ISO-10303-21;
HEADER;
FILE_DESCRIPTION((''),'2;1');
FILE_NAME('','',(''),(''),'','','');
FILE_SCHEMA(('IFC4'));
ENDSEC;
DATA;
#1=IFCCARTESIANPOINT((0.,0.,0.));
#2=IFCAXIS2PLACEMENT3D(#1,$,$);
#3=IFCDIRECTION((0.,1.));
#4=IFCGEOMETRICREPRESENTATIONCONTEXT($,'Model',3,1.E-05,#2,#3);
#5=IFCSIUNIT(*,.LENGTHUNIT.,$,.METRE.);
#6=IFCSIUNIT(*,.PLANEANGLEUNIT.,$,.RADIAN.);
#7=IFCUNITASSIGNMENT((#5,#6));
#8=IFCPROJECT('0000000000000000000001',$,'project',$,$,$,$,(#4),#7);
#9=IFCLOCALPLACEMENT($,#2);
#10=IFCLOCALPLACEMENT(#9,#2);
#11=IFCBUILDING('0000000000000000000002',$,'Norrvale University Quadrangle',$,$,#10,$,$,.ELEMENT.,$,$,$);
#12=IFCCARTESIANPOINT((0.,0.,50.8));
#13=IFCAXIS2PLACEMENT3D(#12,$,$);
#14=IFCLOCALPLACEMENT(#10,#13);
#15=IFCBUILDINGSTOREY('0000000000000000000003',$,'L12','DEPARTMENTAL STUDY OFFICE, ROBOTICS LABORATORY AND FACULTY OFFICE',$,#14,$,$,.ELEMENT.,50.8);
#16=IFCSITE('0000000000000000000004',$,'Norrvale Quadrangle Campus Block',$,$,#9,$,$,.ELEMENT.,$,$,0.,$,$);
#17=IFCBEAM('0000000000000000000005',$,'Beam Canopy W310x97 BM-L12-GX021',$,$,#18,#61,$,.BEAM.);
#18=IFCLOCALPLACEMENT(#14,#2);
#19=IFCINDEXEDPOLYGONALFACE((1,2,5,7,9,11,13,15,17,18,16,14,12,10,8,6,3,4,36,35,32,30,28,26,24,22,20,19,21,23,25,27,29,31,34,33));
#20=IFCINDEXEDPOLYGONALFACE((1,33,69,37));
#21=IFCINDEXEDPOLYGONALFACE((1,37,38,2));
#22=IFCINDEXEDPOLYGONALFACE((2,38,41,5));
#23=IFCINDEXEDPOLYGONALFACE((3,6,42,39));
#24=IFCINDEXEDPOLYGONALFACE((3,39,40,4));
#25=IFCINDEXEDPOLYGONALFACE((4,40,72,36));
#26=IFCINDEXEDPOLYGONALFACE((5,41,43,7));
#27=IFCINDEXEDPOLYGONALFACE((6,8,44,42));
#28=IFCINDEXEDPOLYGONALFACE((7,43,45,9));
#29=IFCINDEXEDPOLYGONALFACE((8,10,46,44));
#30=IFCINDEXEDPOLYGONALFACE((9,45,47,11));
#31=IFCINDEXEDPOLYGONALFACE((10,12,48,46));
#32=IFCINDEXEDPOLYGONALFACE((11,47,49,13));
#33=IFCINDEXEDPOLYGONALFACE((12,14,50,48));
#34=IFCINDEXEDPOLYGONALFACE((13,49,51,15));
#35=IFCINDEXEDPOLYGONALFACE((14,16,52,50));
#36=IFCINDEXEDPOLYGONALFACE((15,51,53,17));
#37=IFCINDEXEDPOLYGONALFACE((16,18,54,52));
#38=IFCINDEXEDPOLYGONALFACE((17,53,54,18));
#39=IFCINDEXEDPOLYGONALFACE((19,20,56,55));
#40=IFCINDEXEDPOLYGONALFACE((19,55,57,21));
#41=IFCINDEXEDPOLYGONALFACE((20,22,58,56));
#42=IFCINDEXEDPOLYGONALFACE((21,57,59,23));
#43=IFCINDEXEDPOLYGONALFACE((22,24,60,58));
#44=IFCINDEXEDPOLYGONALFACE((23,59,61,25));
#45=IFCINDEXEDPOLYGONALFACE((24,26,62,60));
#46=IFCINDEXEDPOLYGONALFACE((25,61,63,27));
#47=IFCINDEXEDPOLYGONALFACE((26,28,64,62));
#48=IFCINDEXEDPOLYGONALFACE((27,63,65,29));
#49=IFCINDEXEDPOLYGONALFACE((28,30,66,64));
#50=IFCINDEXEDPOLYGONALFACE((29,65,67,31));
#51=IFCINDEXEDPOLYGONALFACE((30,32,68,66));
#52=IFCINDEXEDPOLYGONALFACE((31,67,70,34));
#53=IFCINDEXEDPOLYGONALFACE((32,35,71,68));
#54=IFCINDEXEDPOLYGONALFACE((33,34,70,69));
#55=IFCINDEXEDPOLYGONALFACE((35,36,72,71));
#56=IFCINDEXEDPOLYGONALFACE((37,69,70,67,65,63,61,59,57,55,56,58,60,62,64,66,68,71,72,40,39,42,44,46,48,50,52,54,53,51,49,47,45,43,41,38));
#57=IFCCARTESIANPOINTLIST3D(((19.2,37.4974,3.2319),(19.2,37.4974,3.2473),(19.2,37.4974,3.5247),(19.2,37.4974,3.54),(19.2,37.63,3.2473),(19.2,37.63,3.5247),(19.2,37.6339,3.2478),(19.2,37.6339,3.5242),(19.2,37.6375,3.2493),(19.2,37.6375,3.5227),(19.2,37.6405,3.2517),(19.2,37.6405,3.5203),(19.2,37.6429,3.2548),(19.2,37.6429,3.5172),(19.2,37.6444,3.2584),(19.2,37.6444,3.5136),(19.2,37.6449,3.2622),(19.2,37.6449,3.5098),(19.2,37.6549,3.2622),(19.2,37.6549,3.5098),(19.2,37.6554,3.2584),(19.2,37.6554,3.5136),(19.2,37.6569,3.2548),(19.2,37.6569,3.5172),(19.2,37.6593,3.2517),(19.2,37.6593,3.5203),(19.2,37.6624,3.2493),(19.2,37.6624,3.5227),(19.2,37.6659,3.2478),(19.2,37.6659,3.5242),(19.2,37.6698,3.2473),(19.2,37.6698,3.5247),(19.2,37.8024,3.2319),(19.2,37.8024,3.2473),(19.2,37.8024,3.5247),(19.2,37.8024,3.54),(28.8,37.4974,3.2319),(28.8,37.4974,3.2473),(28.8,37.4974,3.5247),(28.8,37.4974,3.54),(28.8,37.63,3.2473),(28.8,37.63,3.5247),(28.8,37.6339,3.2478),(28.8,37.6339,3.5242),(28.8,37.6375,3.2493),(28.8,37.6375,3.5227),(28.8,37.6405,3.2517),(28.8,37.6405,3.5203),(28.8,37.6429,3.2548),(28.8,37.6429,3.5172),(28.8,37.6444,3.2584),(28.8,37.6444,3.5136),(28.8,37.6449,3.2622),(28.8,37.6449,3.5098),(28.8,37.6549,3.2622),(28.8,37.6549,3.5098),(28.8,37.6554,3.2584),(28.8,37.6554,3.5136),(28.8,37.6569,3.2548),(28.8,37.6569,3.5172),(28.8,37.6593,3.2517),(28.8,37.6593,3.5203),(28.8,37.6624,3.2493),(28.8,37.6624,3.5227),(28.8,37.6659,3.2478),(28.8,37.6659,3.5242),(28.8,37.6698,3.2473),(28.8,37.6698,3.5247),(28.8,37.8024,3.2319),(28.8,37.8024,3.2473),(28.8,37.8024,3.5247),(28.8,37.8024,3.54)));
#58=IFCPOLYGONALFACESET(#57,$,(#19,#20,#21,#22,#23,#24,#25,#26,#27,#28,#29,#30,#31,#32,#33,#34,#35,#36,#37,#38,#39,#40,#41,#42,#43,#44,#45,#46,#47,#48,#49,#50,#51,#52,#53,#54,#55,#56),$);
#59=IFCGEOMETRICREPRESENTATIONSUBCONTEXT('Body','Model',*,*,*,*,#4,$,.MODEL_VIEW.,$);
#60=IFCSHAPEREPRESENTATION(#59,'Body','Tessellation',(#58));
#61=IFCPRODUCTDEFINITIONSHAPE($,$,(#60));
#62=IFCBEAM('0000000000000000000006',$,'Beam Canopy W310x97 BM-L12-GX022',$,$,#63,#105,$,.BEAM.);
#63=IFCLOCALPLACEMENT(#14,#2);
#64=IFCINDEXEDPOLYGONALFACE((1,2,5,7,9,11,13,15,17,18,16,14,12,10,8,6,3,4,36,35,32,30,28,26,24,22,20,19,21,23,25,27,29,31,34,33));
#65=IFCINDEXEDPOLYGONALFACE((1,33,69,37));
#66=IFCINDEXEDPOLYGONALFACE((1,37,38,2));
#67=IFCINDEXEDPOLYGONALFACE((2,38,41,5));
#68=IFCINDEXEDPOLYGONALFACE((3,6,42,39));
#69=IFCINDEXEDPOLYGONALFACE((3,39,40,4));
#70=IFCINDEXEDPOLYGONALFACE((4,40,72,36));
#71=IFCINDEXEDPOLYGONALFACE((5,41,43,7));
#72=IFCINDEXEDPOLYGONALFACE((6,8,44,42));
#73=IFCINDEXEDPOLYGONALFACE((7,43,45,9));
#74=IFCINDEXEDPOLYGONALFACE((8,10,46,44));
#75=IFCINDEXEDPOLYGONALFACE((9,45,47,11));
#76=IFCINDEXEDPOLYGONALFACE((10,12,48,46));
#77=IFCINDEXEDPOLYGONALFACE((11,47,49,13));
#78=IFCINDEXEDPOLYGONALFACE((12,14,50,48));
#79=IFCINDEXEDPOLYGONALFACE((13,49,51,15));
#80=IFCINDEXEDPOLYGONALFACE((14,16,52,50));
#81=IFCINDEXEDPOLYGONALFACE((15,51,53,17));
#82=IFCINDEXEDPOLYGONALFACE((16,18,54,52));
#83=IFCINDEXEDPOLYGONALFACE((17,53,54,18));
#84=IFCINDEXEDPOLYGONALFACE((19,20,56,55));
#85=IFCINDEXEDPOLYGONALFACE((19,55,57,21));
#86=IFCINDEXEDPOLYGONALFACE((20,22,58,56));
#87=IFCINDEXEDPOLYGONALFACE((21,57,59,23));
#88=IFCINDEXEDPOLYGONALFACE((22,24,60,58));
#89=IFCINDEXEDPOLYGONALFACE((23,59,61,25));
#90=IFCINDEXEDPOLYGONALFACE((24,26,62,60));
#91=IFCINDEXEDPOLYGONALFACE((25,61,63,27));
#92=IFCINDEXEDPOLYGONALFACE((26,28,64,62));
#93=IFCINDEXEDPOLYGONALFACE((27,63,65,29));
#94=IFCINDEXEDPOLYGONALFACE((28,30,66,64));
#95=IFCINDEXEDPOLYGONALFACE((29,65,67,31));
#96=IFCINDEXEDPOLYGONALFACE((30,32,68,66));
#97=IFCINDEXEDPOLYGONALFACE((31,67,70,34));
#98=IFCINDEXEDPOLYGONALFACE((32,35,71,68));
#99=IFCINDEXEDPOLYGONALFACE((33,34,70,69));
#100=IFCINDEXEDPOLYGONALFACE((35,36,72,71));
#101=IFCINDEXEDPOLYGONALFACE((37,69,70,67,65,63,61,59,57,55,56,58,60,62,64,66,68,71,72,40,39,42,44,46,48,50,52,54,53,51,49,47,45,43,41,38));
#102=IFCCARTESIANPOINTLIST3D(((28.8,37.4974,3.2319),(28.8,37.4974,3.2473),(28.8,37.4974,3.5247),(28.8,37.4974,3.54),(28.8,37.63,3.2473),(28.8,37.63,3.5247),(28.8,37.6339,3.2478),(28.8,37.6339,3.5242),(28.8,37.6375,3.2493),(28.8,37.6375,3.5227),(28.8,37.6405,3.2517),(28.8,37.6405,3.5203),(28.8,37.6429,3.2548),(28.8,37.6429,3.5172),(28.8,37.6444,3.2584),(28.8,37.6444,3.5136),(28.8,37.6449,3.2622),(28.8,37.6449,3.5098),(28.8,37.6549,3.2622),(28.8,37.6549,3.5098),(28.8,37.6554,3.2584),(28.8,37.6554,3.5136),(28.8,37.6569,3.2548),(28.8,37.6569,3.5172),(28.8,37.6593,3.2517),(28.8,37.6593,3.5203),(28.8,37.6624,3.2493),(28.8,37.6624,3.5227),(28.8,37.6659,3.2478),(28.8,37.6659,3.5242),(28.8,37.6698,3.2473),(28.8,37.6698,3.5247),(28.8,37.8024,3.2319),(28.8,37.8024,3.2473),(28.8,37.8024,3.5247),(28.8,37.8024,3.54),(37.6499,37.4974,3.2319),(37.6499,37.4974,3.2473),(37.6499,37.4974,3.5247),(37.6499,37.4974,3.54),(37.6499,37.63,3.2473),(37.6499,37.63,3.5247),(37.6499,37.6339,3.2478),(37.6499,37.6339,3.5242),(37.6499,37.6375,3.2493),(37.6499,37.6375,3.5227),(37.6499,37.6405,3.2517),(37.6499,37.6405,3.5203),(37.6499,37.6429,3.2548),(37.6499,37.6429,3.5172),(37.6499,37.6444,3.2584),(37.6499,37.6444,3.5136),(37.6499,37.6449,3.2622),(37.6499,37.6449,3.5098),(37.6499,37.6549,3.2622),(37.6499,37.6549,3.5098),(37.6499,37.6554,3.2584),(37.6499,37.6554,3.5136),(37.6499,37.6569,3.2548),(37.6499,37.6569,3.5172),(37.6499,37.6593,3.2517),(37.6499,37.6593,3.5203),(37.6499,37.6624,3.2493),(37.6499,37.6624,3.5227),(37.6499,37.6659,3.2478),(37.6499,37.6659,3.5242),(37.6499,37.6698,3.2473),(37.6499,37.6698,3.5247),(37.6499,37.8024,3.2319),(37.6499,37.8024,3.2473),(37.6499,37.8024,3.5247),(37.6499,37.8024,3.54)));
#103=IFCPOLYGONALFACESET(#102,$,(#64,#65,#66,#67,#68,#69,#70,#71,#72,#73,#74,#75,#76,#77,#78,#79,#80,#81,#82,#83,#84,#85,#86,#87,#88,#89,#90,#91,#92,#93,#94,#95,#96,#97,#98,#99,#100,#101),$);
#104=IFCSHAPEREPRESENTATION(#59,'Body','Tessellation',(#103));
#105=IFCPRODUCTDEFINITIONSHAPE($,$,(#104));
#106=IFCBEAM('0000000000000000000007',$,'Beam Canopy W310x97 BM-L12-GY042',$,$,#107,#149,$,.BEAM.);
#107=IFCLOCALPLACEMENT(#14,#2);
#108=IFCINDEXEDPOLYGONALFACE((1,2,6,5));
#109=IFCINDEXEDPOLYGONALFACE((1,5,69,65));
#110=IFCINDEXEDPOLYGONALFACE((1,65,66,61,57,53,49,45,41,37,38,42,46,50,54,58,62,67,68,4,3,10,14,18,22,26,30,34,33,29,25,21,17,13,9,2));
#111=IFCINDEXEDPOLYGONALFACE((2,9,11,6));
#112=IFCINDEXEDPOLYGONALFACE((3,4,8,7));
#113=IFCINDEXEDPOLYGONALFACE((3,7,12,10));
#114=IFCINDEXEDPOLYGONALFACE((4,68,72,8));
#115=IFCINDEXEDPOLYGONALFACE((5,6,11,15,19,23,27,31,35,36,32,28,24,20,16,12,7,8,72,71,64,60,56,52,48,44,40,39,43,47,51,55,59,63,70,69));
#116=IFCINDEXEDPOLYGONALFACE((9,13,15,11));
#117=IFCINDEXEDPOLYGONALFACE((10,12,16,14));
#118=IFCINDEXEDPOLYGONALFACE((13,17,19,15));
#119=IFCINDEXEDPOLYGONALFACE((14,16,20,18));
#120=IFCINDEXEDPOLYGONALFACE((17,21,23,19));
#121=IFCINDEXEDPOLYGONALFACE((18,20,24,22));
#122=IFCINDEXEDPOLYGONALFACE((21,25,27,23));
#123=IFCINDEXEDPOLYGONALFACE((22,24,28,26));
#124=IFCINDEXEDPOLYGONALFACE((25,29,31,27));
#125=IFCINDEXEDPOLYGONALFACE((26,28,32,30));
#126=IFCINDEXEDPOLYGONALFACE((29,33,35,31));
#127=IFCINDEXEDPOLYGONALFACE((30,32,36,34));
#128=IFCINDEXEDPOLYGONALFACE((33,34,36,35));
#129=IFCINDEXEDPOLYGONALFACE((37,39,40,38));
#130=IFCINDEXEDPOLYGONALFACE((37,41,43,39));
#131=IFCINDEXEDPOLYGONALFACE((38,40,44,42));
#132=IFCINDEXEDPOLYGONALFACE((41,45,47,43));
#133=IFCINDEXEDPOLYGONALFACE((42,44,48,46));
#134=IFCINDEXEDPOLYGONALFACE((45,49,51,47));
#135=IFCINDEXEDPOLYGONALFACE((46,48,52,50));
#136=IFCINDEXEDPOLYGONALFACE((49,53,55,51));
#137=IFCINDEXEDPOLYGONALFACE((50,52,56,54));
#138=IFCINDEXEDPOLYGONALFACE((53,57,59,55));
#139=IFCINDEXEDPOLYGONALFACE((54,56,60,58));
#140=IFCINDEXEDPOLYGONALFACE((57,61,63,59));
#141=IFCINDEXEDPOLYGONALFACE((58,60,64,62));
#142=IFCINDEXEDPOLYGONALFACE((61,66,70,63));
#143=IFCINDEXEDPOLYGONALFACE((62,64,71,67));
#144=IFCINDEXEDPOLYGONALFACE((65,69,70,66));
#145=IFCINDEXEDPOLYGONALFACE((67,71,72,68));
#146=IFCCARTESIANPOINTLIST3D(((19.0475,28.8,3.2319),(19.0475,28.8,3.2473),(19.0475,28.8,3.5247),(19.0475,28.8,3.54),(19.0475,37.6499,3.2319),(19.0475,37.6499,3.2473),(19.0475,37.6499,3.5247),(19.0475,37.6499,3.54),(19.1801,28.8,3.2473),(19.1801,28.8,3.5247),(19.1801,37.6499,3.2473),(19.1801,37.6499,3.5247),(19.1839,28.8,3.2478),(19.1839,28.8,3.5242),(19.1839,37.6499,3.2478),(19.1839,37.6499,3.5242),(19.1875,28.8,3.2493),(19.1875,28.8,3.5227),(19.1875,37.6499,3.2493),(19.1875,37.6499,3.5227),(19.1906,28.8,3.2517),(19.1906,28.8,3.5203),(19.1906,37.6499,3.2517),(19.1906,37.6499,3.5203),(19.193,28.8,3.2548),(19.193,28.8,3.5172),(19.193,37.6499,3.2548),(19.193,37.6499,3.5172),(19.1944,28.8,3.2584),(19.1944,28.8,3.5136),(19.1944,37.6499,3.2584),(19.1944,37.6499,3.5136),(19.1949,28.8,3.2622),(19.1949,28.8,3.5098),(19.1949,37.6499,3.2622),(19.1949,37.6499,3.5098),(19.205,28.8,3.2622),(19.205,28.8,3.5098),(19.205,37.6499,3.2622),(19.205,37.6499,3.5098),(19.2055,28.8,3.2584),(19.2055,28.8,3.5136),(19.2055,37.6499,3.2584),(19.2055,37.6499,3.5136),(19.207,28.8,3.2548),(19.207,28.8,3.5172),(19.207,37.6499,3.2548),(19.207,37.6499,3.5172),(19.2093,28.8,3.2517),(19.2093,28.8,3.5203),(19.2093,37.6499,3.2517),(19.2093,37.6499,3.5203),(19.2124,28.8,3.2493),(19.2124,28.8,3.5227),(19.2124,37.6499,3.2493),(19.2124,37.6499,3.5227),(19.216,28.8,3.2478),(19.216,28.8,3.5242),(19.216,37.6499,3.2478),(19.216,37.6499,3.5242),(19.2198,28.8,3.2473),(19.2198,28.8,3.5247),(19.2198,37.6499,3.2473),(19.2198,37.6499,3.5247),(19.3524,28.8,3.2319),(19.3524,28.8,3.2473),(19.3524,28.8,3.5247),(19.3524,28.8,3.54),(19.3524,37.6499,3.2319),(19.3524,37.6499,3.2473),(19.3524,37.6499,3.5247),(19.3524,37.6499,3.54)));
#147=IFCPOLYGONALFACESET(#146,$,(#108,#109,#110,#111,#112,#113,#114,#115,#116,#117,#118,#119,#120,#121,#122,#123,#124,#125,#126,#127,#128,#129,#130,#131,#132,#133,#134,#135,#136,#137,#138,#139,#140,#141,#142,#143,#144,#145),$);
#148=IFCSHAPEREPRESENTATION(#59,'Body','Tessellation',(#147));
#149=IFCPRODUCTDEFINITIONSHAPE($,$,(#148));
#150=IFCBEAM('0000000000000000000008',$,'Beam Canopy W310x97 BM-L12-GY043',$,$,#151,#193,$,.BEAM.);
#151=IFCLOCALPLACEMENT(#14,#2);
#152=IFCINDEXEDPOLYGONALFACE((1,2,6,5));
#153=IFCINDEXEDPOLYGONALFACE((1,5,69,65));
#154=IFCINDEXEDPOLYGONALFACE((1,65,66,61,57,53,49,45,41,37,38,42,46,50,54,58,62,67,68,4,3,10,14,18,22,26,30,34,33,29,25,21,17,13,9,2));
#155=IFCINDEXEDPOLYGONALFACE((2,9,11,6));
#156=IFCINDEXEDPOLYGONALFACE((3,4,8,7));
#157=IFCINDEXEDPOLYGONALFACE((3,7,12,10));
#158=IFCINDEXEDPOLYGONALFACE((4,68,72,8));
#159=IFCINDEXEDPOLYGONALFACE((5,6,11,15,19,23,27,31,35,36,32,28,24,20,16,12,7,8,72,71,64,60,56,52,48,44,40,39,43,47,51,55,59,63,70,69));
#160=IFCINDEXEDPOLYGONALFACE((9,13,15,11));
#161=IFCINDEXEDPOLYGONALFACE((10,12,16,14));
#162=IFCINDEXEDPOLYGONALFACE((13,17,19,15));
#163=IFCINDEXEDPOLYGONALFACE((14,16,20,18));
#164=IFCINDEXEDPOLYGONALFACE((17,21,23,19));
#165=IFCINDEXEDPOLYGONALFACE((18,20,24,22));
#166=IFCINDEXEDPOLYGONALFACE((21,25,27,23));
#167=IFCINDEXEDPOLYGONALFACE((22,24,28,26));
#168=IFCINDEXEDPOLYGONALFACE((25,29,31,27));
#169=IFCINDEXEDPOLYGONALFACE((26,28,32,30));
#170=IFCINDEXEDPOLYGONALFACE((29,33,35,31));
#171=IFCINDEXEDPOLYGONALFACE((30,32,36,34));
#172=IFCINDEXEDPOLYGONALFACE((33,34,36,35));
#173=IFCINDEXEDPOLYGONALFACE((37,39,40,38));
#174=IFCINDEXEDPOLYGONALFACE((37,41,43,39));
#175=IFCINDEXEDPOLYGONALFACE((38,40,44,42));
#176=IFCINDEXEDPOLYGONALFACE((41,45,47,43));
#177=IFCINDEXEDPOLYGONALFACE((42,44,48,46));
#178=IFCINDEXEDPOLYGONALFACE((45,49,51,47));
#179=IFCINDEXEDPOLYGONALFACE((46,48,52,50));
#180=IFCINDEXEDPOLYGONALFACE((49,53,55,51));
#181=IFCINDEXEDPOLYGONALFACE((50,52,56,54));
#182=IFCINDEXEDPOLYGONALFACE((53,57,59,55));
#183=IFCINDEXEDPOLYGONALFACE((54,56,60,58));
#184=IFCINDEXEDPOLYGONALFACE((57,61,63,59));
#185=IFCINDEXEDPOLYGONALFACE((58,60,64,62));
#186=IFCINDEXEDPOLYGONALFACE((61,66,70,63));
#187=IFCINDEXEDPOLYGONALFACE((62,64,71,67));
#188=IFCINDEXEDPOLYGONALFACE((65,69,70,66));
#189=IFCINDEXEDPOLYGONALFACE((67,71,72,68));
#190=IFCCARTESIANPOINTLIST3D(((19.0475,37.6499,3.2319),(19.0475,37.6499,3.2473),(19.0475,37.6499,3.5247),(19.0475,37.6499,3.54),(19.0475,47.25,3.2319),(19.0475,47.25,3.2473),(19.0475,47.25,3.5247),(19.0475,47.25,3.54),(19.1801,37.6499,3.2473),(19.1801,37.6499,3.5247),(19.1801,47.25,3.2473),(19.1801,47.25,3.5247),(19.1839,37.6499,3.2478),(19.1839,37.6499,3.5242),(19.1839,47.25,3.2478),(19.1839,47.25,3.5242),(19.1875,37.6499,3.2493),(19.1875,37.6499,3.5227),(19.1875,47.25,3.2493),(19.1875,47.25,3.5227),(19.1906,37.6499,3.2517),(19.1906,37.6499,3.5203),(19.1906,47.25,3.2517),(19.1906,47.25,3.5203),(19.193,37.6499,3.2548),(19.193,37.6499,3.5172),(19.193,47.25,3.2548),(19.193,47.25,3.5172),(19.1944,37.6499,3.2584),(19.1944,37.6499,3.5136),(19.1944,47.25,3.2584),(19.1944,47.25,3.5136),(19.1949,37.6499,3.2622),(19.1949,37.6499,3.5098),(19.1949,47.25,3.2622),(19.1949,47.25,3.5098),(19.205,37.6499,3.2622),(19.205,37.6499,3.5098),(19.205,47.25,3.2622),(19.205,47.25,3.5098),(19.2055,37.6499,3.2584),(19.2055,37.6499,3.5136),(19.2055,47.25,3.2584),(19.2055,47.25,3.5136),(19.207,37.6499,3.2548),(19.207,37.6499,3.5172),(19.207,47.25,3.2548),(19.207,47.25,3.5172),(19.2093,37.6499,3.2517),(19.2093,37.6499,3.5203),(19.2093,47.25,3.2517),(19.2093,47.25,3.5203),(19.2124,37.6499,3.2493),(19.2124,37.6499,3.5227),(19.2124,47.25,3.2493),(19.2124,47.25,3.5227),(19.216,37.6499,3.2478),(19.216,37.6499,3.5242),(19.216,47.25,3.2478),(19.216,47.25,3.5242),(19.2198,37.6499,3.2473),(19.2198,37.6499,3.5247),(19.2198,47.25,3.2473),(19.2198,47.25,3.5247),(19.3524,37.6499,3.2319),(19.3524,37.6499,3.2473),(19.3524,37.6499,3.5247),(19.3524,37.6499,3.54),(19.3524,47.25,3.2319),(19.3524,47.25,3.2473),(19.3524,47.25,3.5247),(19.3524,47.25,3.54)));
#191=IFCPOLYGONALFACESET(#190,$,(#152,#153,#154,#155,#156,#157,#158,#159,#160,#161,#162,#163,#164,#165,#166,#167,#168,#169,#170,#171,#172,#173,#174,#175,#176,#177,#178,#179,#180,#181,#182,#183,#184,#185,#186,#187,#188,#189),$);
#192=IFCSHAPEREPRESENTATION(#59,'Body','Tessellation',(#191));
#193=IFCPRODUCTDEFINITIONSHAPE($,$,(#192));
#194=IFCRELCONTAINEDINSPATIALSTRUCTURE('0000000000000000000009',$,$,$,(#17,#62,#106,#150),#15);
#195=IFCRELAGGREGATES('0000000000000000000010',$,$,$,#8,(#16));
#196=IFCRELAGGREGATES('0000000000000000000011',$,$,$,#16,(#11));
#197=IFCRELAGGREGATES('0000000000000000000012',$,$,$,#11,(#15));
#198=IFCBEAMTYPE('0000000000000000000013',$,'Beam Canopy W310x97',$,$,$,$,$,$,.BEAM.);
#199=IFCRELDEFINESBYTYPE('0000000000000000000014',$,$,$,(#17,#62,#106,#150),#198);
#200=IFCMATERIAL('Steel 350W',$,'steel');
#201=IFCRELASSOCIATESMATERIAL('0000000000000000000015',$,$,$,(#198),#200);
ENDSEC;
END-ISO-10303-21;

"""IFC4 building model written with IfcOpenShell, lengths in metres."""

from ifc_helpers import new_model, si_unit, direction, frame, origin, origin_2d, place, context, subcontext, project, spatial, i_section, extrude, material, material_profile, profile_set, type_object, element, save


model = new_model("IFC4")

# Units and contexts
model_context = context("Model", 3, precision=1e-05, world=origin(), true_north=direction((0.0, 1.0)))
body_context = subcontext(model_context, "Body", "Model", "MODEL_VIEW")
ifc_project = project(units=[si_unit("LENGTHUNIT", "METRE"), si_unit("PLANEANGLEUNIT", "RADIAN")], contexts=[model_context])

# Site, building, storey
site_placement = place(None, origin())
site = spatial("IfcSite", under=ifc_project, at=site_placement, Name="Norrvale Quadrangle Campus Block", CompositionType="ELEMENT", RefElevation=0.0)
building_placement = place(site_placement, origin())
building = spatial("IfcBuilding", under=site, at=building_placement, Name="Norrvale University Quadrangle", CompositionType="ELEMENT")
storey_placement = place(building_placement, frame((0.0, 0.0, 50.8)))
storey = spatial("IfcBuildingStorey", under=building, at=storey_placement, Name="L12", Description="DEPARTMENTAL STUDY OFFICE, ROBOTICS LABORATORY AND FACULTY OFFICE", CompositionType="ELEMENT", Elevation=50.8)

# Beams
ifc_material_1 = material(Name="Steel 350W", Category="steel")
ifc_material_profile_1 = material_profile(ifc_material_1, i_section(OverallWidth=0.3049, OverallDepth=0.3081, WebThickness=0.01, FlangeThickness=0.0154, FilletRadius=0.0149, at=origin_2d()), Name="Steel 350W")
ifc_profile_set_1 = profile_set([ifc_material_profile_1], Name="Steel 350W")
beam_type_1 = type_object("IfcBeamType", Name="Beam Canopy W310x97", PredefinedType="BEAM", material=ifc_profile_set_1)
beam_1_placement = place(storey_placement, frame((19.2, 37.6499, 3.386), z_axis=(1.0, 0.0, 0.0), x_axis=(0.0, 1.0, 0.0)))
element("IfcBeam", 1, at=beam_1_placement, inside=storey, type_object=beam_type_1, Name="Beam Canopy W310x97 BM-L12-GX021", PredefinedType="BEAM", context=body_context, shape_type="SweptSolid", body=[
    extrude(i_section(OverallWidth=0.3049, OverallDepth=0.3081, WebThickness=0.01, FlangeThickness=0.0154, FilletRadius=0.0149, at=origin_2d()), origin(), (0.0, 0.0, 1.0), 9.6001),
])
for number, where, z_axis, x_axis, name in (
    (2, (28.8, 37.6499, 3.386), (1.0, 0.0, 0.0), (0.0, 1.0, 0.0), "Beam Canopy W310x97 BM-L12-GX022"),
    (3, (19.2, 28.8, 3.386), (0.0, 1.0, 0.0), (-1.0, 0.0, 0.0), "Beam Canopy W310x97 BM-L12-GY042"),
):
    element("IfcBeam", number, at=place(storey_placement, frame(where, z_axis=z_axis, x_axis=x_axis)), inside=storey, type_object=beam_type_1, Name=name, PredefinedType="BEAM", context=body_context, shape_type="SweptSolid", body=[
        extrude(i_section(OverallWidth=0.3049, OverallDepth=0.3081, WebThickness=0.01, FlangeThickness=0.0154, FilletRadius=0.0149, at=origin_2d()), origin(), (0.0, 0.0, 1.0), 8.8499),
    ])
beam_2_placement = place(storey_placement, frame((19.2, 37.6499, 3.386), z_axis=(0.0, 1.0, 0.0), x_axis=(-1.0, 0.0, 0.0)))
element("IfcBeam", 4, at=beam_2_placement, inside=storey, type_object=beam_type_1, Name="Beam Canopy W310x97 BM-L12-GY043", PredefinedType="BEAM", context=body_context, shape_type="SweptSolid", body=[
    extrude(i_section(OverallWidth=0.3049, OverallDepth=0.3081, WebThickness=0.01, FlangeThickness=0.0154, FilletRadius=0.0149, at=origin_2d()), origin(), (0.0, 0.0, 1.0), 9.6001),
])

save(model, "model.ifc")
